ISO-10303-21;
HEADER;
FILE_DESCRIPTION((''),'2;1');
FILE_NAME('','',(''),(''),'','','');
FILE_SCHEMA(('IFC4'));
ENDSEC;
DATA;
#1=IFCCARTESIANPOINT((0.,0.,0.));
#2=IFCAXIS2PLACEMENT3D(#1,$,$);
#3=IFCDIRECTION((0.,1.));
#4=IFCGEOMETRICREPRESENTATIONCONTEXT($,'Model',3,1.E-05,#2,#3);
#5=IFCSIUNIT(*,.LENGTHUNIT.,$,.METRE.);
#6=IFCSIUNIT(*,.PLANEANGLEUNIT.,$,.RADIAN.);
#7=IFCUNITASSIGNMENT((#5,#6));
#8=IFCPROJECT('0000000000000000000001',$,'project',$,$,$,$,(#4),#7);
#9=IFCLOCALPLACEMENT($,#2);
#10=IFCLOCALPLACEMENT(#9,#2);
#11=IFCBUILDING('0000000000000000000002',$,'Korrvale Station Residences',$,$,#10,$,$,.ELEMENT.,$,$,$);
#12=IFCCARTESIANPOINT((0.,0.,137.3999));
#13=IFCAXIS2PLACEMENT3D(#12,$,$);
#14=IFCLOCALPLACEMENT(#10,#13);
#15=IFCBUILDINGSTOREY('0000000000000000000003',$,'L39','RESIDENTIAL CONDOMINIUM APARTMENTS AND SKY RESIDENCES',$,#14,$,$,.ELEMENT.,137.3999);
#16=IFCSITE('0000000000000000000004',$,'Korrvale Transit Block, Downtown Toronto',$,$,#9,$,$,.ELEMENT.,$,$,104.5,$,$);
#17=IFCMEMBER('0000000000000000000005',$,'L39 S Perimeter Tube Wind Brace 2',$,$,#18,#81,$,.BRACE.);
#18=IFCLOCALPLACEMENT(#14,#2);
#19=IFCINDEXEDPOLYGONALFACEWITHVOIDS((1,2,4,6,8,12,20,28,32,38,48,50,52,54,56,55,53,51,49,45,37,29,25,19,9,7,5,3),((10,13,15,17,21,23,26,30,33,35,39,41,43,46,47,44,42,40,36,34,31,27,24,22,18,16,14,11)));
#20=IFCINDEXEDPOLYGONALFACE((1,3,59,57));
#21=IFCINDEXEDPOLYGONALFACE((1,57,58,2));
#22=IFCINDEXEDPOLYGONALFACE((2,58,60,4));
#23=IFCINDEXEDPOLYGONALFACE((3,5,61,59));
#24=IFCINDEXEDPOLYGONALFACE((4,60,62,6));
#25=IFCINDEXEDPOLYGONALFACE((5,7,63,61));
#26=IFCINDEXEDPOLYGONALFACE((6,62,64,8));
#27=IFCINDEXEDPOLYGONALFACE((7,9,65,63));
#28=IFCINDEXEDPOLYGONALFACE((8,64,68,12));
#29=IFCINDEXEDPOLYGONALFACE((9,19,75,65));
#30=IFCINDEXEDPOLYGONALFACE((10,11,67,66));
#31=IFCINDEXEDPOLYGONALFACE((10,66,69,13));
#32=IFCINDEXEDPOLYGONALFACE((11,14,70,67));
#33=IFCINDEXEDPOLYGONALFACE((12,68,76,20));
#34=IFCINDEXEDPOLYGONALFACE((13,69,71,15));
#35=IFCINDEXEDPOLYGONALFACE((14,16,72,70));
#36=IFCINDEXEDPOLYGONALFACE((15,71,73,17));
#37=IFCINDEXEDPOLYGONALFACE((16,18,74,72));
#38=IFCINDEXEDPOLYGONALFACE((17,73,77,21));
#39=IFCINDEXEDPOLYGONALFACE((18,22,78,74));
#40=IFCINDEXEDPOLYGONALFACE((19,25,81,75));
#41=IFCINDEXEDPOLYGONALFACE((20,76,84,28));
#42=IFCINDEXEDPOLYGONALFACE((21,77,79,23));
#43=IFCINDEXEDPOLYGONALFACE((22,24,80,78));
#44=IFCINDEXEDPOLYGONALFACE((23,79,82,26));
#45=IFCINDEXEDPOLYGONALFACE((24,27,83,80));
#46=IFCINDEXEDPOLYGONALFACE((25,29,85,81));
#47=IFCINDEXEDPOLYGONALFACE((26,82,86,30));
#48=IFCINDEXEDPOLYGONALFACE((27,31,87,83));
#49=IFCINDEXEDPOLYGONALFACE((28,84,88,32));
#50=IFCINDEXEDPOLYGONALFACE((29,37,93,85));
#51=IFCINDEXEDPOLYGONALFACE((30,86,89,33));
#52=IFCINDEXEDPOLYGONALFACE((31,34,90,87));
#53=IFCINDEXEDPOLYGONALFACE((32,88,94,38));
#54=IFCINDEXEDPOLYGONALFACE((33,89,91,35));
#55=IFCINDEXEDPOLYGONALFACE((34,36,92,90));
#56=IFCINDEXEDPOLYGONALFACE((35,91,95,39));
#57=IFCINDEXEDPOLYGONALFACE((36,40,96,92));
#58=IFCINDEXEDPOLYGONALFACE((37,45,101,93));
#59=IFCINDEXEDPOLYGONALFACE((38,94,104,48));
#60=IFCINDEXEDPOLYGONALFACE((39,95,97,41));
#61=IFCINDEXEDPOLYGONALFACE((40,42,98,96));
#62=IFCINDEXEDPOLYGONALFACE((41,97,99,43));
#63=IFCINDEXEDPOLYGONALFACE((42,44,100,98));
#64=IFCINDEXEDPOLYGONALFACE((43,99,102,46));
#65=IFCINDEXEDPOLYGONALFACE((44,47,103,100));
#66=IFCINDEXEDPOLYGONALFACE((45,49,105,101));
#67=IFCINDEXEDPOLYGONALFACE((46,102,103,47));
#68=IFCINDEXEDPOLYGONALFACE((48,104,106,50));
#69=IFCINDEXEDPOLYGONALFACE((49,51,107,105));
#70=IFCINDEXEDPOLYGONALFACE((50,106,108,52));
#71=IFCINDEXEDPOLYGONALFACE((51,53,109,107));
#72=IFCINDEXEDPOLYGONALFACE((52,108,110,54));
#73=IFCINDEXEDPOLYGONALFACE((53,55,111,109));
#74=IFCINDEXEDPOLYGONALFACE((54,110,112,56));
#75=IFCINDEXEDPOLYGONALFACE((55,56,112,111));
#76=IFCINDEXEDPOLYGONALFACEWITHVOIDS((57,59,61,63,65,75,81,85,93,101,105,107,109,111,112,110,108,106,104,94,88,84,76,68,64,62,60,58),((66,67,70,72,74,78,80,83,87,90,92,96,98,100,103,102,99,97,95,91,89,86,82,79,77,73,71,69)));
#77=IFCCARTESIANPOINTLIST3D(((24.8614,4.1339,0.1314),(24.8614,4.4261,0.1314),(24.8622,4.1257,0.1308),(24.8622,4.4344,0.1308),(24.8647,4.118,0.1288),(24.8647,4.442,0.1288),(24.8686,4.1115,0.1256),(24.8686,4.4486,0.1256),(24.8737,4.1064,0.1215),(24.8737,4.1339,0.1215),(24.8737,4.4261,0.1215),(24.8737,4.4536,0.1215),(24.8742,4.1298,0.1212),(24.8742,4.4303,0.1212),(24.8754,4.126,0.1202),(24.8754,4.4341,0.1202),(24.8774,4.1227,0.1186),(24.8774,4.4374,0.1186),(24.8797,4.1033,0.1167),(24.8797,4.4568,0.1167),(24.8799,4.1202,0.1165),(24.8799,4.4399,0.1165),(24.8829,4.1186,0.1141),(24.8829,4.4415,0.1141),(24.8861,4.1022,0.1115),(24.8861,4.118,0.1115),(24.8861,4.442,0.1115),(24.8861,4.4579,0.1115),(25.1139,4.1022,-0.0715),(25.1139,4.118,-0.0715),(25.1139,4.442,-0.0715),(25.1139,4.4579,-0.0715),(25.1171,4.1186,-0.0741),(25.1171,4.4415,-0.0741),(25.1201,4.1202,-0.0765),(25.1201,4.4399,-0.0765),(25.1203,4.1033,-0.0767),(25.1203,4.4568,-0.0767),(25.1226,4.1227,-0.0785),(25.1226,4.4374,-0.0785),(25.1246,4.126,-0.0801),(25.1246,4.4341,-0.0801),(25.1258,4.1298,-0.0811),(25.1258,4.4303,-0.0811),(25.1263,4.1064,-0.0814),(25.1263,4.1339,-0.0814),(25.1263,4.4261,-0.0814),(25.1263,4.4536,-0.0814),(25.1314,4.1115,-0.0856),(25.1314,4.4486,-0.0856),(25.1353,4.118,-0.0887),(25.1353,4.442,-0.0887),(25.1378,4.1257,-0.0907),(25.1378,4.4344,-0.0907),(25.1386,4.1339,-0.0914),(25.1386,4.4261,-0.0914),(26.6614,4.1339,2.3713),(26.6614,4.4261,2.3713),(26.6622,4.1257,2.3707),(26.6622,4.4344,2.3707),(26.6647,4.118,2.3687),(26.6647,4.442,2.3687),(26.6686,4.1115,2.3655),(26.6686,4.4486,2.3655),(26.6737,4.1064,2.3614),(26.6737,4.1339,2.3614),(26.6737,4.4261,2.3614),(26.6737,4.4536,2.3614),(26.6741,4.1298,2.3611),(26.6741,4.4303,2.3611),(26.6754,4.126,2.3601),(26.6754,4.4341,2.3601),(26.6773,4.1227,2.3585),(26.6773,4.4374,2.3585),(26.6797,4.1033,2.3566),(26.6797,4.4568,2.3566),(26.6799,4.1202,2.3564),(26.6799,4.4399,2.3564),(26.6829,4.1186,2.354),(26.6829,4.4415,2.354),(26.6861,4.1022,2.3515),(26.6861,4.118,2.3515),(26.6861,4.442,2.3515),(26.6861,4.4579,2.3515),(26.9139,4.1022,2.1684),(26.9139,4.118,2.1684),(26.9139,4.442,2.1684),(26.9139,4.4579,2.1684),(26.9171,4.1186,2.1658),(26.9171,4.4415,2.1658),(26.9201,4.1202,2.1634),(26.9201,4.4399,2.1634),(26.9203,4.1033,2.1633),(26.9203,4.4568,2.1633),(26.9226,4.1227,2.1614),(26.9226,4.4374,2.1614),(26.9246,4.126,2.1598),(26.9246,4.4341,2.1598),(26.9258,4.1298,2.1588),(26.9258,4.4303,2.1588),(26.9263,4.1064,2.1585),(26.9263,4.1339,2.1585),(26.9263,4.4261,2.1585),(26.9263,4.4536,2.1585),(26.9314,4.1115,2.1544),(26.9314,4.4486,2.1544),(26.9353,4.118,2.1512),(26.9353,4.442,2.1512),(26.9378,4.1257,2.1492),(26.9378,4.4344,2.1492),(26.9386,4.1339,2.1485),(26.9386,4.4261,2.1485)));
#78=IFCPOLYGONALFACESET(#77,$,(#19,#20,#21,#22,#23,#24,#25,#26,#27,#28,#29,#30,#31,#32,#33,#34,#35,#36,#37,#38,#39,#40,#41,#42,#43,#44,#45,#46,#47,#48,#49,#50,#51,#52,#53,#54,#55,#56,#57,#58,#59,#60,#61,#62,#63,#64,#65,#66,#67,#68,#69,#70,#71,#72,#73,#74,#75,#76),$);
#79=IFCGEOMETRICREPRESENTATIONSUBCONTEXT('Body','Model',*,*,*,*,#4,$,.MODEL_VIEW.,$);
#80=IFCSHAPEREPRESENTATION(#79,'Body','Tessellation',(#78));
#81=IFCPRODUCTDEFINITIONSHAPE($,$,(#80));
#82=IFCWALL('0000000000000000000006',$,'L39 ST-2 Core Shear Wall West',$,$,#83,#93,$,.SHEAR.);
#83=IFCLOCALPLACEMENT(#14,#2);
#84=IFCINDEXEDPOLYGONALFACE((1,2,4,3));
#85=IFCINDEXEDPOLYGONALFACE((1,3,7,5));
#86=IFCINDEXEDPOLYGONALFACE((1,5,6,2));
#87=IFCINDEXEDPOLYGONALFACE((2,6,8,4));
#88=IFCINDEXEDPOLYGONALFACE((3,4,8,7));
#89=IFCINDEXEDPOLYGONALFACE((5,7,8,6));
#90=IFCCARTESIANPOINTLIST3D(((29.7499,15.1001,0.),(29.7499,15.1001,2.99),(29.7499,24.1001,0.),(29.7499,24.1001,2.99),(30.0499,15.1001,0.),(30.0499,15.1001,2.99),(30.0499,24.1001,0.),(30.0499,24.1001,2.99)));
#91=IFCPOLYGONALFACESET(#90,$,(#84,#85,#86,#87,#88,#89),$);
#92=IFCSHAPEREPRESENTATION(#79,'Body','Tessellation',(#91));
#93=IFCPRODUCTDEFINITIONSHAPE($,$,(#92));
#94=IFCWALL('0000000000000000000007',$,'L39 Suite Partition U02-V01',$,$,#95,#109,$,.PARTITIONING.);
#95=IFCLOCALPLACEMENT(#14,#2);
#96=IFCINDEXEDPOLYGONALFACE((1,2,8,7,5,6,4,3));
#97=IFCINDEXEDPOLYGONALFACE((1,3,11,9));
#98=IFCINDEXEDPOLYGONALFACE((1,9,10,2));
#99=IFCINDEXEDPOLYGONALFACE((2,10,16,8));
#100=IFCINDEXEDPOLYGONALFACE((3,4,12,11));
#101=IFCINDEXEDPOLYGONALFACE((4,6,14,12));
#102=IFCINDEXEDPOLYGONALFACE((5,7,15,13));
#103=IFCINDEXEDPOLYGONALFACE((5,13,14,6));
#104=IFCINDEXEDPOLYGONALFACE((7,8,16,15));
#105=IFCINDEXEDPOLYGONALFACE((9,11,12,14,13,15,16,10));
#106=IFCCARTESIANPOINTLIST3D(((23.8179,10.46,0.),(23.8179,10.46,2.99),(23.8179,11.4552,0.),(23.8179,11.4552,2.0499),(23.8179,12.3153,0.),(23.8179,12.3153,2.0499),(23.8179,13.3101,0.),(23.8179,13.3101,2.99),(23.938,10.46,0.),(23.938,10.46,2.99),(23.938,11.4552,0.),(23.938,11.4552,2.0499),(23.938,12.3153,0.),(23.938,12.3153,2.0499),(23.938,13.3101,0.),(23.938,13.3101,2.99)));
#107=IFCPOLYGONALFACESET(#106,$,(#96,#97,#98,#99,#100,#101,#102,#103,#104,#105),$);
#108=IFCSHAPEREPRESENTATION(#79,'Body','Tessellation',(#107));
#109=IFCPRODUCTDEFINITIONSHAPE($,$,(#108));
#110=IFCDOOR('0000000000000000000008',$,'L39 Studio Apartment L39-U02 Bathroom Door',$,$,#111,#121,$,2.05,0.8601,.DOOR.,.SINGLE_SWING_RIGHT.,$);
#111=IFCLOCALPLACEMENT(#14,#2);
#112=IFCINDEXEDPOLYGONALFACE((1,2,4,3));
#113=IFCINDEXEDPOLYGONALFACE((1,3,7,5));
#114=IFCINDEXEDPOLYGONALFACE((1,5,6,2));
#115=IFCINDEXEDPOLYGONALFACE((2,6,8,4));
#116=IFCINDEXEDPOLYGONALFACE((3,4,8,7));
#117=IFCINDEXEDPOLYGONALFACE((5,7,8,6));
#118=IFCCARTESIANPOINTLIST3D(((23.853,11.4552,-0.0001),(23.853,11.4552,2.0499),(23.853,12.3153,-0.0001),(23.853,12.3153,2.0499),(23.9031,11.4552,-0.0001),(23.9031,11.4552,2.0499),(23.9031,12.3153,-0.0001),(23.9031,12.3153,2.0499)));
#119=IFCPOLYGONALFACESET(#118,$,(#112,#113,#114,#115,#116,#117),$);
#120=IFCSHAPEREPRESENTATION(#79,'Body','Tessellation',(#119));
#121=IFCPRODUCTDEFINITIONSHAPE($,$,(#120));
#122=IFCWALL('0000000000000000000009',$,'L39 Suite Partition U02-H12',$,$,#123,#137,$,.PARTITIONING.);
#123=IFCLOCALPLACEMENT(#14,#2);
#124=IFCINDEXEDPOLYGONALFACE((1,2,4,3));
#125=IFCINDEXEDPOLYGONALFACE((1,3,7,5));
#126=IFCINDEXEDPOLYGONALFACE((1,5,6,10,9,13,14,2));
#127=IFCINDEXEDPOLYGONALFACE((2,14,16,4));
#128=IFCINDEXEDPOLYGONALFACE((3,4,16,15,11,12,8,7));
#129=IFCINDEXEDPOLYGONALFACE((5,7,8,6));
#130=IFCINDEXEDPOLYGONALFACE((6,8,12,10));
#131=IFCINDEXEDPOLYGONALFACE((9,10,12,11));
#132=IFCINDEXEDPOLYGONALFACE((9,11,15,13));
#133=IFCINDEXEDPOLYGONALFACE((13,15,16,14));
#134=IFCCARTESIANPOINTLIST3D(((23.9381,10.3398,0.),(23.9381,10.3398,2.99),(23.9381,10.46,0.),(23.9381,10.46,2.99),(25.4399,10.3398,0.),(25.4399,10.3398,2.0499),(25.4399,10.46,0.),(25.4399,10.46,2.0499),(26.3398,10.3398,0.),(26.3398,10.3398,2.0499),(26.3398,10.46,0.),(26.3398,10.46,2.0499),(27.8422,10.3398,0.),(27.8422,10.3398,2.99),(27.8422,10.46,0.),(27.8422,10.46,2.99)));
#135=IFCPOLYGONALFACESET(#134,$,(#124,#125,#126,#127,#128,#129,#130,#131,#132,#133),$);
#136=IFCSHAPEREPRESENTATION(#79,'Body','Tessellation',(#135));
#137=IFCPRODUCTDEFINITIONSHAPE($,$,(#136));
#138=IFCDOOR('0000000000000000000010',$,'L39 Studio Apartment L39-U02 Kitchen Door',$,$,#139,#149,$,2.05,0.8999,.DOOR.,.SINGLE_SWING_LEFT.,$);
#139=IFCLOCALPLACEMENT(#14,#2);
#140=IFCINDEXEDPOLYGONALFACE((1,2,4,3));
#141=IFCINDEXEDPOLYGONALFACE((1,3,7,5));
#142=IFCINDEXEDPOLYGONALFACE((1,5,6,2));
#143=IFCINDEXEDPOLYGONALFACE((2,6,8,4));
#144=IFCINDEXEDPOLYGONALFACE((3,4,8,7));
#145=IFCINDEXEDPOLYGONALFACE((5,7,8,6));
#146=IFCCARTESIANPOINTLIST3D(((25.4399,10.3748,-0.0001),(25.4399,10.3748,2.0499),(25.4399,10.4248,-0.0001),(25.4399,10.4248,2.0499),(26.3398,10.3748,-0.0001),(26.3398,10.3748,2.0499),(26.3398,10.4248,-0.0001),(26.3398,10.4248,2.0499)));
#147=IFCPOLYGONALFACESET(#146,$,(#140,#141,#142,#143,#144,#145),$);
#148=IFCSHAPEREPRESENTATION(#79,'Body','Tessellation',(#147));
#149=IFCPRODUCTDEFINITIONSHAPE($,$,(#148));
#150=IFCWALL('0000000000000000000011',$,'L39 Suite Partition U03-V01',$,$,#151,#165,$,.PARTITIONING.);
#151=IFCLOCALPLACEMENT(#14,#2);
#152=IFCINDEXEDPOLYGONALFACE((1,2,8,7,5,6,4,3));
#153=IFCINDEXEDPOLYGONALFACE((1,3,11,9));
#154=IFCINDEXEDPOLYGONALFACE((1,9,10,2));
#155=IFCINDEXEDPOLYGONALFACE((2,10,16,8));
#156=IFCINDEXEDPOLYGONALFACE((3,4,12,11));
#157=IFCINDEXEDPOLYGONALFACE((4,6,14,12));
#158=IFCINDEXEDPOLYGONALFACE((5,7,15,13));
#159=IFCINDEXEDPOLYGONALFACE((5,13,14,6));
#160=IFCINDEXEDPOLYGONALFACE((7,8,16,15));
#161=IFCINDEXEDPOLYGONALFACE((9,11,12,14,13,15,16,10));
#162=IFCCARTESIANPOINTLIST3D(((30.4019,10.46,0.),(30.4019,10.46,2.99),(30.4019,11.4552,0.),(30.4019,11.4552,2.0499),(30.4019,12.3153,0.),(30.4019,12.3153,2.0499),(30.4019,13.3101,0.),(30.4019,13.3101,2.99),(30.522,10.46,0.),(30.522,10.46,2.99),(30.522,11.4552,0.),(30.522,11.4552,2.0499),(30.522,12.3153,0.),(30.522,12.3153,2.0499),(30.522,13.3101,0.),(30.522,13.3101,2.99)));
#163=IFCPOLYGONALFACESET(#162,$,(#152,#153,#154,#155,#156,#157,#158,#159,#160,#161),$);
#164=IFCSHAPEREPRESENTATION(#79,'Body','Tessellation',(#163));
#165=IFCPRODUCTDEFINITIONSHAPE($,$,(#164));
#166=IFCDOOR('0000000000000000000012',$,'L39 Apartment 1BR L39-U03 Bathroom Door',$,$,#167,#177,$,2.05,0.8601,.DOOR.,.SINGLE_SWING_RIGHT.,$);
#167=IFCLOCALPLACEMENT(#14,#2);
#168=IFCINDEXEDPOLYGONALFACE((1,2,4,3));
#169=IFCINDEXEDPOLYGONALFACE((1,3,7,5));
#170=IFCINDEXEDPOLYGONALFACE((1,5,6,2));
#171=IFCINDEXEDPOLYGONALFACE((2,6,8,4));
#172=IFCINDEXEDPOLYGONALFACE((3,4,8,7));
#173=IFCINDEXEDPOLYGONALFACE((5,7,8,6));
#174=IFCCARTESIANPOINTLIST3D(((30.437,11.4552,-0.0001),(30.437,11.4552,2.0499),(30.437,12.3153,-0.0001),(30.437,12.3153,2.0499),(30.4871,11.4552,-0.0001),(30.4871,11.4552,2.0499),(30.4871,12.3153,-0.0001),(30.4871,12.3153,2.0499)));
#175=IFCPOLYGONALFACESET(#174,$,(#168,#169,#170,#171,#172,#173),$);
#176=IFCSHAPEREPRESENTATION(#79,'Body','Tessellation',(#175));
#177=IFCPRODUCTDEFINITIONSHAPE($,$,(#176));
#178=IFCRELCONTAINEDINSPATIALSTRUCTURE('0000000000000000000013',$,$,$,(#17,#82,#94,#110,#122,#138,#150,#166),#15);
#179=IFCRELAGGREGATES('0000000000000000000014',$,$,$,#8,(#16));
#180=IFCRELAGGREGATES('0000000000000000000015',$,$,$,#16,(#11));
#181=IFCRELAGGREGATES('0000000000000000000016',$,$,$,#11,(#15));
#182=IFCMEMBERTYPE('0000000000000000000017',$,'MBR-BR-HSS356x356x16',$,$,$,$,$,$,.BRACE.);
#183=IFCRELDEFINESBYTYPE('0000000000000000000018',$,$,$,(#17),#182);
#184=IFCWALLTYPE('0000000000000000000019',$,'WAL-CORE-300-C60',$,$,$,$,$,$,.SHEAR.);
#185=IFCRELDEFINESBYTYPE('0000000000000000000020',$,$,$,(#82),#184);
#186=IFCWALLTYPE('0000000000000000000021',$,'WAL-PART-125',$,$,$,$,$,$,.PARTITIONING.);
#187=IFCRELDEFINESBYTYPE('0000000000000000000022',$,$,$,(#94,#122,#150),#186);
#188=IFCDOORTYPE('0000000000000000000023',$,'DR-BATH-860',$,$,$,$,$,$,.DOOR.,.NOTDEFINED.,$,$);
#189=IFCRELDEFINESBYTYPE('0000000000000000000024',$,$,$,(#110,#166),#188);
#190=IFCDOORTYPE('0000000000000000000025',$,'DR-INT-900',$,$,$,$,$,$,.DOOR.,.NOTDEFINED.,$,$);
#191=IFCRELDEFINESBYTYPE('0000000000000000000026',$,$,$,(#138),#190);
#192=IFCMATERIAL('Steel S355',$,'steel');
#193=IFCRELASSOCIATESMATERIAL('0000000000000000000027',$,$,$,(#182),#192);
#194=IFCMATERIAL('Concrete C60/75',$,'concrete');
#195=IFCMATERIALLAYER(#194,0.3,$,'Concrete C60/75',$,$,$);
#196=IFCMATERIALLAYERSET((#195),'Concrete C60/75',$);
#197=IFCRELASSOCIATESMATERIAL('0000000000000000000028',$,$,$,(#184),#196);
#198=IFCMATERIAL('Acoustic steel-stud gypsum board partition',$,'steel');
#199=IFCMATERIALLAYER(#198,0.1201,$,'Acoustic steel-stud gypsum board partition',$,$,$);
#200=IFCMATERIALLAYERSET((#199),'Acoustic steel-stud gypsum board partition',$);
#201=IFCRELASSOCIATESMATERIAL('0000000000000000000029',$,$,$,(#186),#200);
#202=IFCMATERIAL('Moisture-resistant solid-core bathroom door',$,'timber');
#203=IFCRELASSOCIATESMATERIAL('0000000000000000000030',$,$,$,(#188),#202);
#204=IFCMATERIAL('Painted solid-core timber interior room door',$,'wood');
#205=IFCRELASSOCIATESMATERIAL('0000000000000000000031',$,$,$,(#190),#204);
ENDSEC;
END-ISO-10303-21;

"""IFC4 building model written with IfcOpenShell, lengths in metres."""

from ifc_helpers import new_model, si_unit, direction, frame, frame_2d, origin, origin_2d, place, context, subcontext, project, spatial, rectangle, hollow_rectangle, extrude, material, layer, layer_set, material_profile, profile_set, type_object, element, fill, save


model = new_model("IFC4")

# Units and contexts
model_context = context("Model", 3, precision=1e-05, world=origin(), true_north=direction((0.0, 1.0)))
body_context = subcontext(model_context, "Body", "Model", "MODEL_VIEW")
ifc_project = project(units=[si_unit("LENGTHUNIT", "METRE"), si_unit("PLANEANGLEUNIT", "RADIAN")], contexts=[model_context])

# Site, building, storey
site_placement = place(None, origin())
site = spatial("IfcSite", under=ifc_project, at=site_placement, Name="Korrvale Transit Block, Downtown Toronto", CompositionType="ELEMENT", RefElevation=104.5)
building_placement = place(site_placement, origin())
building = spatial("IfcBuilding", under=site, at=building_placement, Name="Korrvale Station Residences", CompositionType="ELEMENT")
storey_placement = place(building_placement, frame((0.0, 0.0, 137.3999)))
storey = spatial("IfcBuildingStorey", under=building, at=storey_placement, Name="L39", Description="RESIDENTIAL CONDOMINIUM APARTMENTS AND SKY RESIDENCES", CompositionType="ELEMENT", Elevation=137.3999)

# Shared definitions
ifc_material_1 = material(Name="Concrete C60/75", Category="concrete")

# Member
ifc_material_2 = material(Name="Steel S355", Category="steel")
ifc_material_profile_1 = material_profile(ifc_material_2, hollow_rectangle(XDim=0.3557, YDim=0.3557, WallThickness=0.0159, InnerFilletRadius=0.0159, OuterFilletRadius=0.0317, at=origin_2d()), Name="HSS356x356x16")
ifc_profile_set_1 = profile_set([ifc_material_profile_1], Name="Steel S355")
member_type = type_object("IfcMemberType", Name="MBR-BR-HSS356x356x16", PredefinedType="BRACE", material=ifc_profile_set_1)
for number, where, z_axis, x_axis, name in (
    (1, (25.0, 4.28, 0.02), (0.626403, 0.0, 0.779499), (0.0, 1.0, 0.0), "L39 S Perimeter Tube Wind Brace 2"),
):
    element("IfcMember", number, at=place(storey_placement, frame(where, z_axis=z_axis, x_axis=x_axis)), inside=storey, type_object=member_type, Name=name, PredefinedType="BRACE", context=body_context, shape_type="SweptSolid", body=[
        extrude(hollow_rectangle(XDim=0.3557, YDim=0.3557, WallThickness=0.0159, InnerFilletRadius=0.0159, OuterFilletRadius=0.0317, at=origin_2d()), origin(), (0.0, 0.0, 1.0), 2.8735),
    ])

# Wall
ifc_layer_1 = layer(ifc_material_1, 0.3, Name="Concrete C60/75")
ifc_layer_set_1 = layer_set([ifc_layer_1], Name="Concrete C60/75")
wall_type_1 = type_object("IfcWallType", Name="WAL-CORE-300-C60", PredefinedType="SHEAR", material=ifc_layer_set_1)
wall_1_placement = place(storey_placement, frame((29.8999, 15.1001, 0.0), z_axis=(0.0, 0.0, 1.0), x_axis=(0.0, 1.0, 0.0)))
element("IfcWall", 2, at=wall_1_placement, inside=storey, type_object=wall_type_1, Name="L39 ST-2 Core Shear Wall West", PredefinedType="SHEAR", context=body_context, shape_type="SweptSolid", body=[
    extrude(rectangle(XDim=9.0, YDim=0.3, at=frame_2d((4.5, 0.0))), origin(), (0.0, 0.0, 1.0), 2.99),
])

# Walls, openings, doors
ifc_material_3 = material(Name="Acoustic steel-stud gypsum board partition", Category="steel")
ifc_layer_2 = layer(ifc_material_3, 0.1201, Name="Acoustic steel-stud gypsum board partition")
ifc_layer_set_2 = layer_set([ifc_layer_2], Name="Acoustic steel-stud gypsum board partition")
wall_type_2 = type_object("IfcWallType", Name="WAL-PART-125", PredefinedType="PARTITIONING", material=ifc_layer_set_2)
wall_2_placement = place(storey_placement, frame((23.8779, 10.46, 0.0), z_axis=(0.0, 0.0, 1.0), x_axis=(0.0, 1.0, 0.0)))
wall_2 = element("IfcWall", 3, at=wall_2_placement, inside=storey, type_object=wall_type_2, Name="L39 Suite Partition U02-V01", PredefinedType="PARTITIONING", context=body_context, shape_type="SweptSolid", body=[
    extrude(rectangle(XDim=2.8501, YDim=0.1201, at=frame_2d((1.425, 0.0))), origin(), (0.0, 0.0, 1.0), 2.99),
])
opening_1_placement = place(wall_2_placement, frame((0.9951, 0.0, 0.0)))
opening_1 = element("IfcOpeningElement", 4, at=opening_1_placement, cuts=wall_2, PredefinedType="OPENING", context=body_context, shape_type="SweptSolid", body=[
    extrude(rectangle(XDim=0.8601, YDim=2.05, at=frame_2d((0.4302, 1.0249))), frame((0.0, 0.0701, 0.0), z_axis=(0.0, -1.0, 0.0), x_axis=(1.0, 0.0, 0.0)), (0.0, 0.0, 1.0), 0.1401),
])
ifc_material_4 = material(Name="Moisture-resistant solid-core bathroom door", Category="timber")
door_type_1 = type_object("IfcDoorType", Name="DR-BATH-860", OperationType="NOTDEFINED", PredefinedType="DOOR", material=ifc_material_4)
door_1_placement = place(opening_1_placement, origin())
door_1 = element("IfcDoor", 5, at=door_1_placement, inside=storey, type_object=door_type_1, Name="L39 Studio Apartment L39-U02 Bathroom Door", OperationType="SINGLE_SWING_RIGHT", OverallHeight=2.05, OverallWidth=0.8601, PredefinedType="DOOR", context=body_context, shape_type="SweptSolid", body=[
    extrude(rectangle(XDim=0.8601, YDim=2.05, at=frame_2d((0.4302, 1.0249))), frame((0.0, 0.0249, 0.0), z_axis=(0.0, -1.0, 0.0), x_axis=(1.0, 0.0, 0.0)), (0.0, 0.0, 1.0), 0.05),
])
fill(opening_1, door_1)
wall_3_placement = place(storey_placement, frame((23.938, 10.3999, 0.0), z_axis=(0.0, 0.0, 1.0), x_axis=(1.0, 0.0, 0.0)))
wall_3 = element("IfcWall", 6, at=wall_3_placement, inside=storey, type_object=wall_type_2, Name="L39 Suite Partition U02-H12", PredefinedType="PARTITIONING", context=body_context, shape_type="SweptSolid", body=[
    extrude(rectangle(XDim=3.9041, YDim=0.1201, at=frame_2d((1.9521, 0.0))), origin(), (0.0, 0.0, 1.0), 2.99),
])
opening_2_placement = place(wall_3_placement, frame((1.502, 0.0, 0.0)))
opening_2 = element("IfcOpeningElement", 7, at=opening_2_placement, cuts=wall_3, PredefinedType="OPENING", context=body_context, shape_type="SweptSolid", body=[
    extrude(rectangle(XDim=0.8999, YDim=2.05, at=frame_2d((0.45, 1.0249))), frame((0.0, 0.0701, 0.0), z_axis=(0.0, -1.0, 0.0), x_axis=(1.0, 0.0, 0.0)), (0.0, 0.0, 1.0), 0.1401),
])
ifc_material_5 = material(Name="Painted solid-core timber interior room door", Category="wood")
door_type_2 = type_object("IfcDoorType", Name="DR-INT-900", OperationType="NOTDEFINED", PredefinedType="DOOR", material=ifc_material_5)
door_2_placement = place(opening_2_placement, origin())
door_2 = element("IfcDoor", 8, at=door_2_placement, inside=storey, type_object=door_type_2, Name="L39 Studio Apartment L39-U02 Kitchen Door", OperationType="SINGLE_SWING_LEFT", OverallHeight=2.05, OverallWidth=0.8999, PredefinedType="DOOR", context=body_context, shape_type="SweptSolid", body=[
    extrude(rectangle(XDim=0.8999, YDim=2.05, at=frame_2d((0.45, 1.0249))), frame((0.0, 0.0249, 0.0), z_axis=(0.0, -1.0, 0.0), x_axis=(1.0, 0.0, 0.0)), (0.0, 0.0, 1.0), 0.05),
])
fill(opening_2, door_2)
wall_4_placement = place(storey_placement, frame((30.4619, 10.46, 0.0), z_axis=(0.0, 0.0, 1.0), x_axis=(0.0, 1.0, 0.0)))
wall_4 = element("IfcWall", 9, at=wall_4_placement, inside=storey, type_object=wall_type_2, Name="L39 Suite Partition U03-V01", PredefinedType="PARTITIONING", context=body_context, shape_type="SweptSolid", body=[
    extrude(rectangle(XDim=2.8501, YDim=0.1201, at=frame_2d((1.425, 0.0))), origin(), (0.0, 0.0, 1.0), 2.99),
])
opening_3_placement = place(wall_4_placement, frame((0.9951, 0.0, 0.0)))
opening_3 = element("IfcOpeningElement", 10, at=opening_3_placement, cuts=wall_4, PredefinedType="OPENING", context=body_context, shape_type="SweptSolid", body=[
    extrude(rectangle(XDim=0.8601, YDim=2.05, at=frame_2d((0.4302, 1.0249))), frame((0.0, 0.0701, 0.0), z_axis=(0.0, -1.0, 0.0), x_axis=(1.0, 0.0, 0.0)), (0.0, 0.0, 1.0), 0.1401),
])
door_3_placement = place(opening_3_placement, origin())
door_3 = element("IfcDoor", 11, at=door_3_placement, inside=storey, type_object=door_type_1, Name="L39 Apartment 1BR L39-U03 Bathroom Door", OperationType="SINGLE_SWING_RIGHT", OverallHeight=2.05, OverallWidth=0.8601, PredefinedType="DOOR", context=body_context, shape_type="SweptSolid", body=[
    extrude(rectangle(XDim=0.8601, YDim=2.05, at=frame_2d((0.4302, 1.0249))), frame((0.0, 0.0249, 0.0), z_axis=(0.0, -1.0, 0.0), x_axis=(1.0, 0.0, 0.0)), (0.0, 0.0, 1.0), 0.05),
])
fill(opening_3, door_3)

save(model, "model.ifc")
